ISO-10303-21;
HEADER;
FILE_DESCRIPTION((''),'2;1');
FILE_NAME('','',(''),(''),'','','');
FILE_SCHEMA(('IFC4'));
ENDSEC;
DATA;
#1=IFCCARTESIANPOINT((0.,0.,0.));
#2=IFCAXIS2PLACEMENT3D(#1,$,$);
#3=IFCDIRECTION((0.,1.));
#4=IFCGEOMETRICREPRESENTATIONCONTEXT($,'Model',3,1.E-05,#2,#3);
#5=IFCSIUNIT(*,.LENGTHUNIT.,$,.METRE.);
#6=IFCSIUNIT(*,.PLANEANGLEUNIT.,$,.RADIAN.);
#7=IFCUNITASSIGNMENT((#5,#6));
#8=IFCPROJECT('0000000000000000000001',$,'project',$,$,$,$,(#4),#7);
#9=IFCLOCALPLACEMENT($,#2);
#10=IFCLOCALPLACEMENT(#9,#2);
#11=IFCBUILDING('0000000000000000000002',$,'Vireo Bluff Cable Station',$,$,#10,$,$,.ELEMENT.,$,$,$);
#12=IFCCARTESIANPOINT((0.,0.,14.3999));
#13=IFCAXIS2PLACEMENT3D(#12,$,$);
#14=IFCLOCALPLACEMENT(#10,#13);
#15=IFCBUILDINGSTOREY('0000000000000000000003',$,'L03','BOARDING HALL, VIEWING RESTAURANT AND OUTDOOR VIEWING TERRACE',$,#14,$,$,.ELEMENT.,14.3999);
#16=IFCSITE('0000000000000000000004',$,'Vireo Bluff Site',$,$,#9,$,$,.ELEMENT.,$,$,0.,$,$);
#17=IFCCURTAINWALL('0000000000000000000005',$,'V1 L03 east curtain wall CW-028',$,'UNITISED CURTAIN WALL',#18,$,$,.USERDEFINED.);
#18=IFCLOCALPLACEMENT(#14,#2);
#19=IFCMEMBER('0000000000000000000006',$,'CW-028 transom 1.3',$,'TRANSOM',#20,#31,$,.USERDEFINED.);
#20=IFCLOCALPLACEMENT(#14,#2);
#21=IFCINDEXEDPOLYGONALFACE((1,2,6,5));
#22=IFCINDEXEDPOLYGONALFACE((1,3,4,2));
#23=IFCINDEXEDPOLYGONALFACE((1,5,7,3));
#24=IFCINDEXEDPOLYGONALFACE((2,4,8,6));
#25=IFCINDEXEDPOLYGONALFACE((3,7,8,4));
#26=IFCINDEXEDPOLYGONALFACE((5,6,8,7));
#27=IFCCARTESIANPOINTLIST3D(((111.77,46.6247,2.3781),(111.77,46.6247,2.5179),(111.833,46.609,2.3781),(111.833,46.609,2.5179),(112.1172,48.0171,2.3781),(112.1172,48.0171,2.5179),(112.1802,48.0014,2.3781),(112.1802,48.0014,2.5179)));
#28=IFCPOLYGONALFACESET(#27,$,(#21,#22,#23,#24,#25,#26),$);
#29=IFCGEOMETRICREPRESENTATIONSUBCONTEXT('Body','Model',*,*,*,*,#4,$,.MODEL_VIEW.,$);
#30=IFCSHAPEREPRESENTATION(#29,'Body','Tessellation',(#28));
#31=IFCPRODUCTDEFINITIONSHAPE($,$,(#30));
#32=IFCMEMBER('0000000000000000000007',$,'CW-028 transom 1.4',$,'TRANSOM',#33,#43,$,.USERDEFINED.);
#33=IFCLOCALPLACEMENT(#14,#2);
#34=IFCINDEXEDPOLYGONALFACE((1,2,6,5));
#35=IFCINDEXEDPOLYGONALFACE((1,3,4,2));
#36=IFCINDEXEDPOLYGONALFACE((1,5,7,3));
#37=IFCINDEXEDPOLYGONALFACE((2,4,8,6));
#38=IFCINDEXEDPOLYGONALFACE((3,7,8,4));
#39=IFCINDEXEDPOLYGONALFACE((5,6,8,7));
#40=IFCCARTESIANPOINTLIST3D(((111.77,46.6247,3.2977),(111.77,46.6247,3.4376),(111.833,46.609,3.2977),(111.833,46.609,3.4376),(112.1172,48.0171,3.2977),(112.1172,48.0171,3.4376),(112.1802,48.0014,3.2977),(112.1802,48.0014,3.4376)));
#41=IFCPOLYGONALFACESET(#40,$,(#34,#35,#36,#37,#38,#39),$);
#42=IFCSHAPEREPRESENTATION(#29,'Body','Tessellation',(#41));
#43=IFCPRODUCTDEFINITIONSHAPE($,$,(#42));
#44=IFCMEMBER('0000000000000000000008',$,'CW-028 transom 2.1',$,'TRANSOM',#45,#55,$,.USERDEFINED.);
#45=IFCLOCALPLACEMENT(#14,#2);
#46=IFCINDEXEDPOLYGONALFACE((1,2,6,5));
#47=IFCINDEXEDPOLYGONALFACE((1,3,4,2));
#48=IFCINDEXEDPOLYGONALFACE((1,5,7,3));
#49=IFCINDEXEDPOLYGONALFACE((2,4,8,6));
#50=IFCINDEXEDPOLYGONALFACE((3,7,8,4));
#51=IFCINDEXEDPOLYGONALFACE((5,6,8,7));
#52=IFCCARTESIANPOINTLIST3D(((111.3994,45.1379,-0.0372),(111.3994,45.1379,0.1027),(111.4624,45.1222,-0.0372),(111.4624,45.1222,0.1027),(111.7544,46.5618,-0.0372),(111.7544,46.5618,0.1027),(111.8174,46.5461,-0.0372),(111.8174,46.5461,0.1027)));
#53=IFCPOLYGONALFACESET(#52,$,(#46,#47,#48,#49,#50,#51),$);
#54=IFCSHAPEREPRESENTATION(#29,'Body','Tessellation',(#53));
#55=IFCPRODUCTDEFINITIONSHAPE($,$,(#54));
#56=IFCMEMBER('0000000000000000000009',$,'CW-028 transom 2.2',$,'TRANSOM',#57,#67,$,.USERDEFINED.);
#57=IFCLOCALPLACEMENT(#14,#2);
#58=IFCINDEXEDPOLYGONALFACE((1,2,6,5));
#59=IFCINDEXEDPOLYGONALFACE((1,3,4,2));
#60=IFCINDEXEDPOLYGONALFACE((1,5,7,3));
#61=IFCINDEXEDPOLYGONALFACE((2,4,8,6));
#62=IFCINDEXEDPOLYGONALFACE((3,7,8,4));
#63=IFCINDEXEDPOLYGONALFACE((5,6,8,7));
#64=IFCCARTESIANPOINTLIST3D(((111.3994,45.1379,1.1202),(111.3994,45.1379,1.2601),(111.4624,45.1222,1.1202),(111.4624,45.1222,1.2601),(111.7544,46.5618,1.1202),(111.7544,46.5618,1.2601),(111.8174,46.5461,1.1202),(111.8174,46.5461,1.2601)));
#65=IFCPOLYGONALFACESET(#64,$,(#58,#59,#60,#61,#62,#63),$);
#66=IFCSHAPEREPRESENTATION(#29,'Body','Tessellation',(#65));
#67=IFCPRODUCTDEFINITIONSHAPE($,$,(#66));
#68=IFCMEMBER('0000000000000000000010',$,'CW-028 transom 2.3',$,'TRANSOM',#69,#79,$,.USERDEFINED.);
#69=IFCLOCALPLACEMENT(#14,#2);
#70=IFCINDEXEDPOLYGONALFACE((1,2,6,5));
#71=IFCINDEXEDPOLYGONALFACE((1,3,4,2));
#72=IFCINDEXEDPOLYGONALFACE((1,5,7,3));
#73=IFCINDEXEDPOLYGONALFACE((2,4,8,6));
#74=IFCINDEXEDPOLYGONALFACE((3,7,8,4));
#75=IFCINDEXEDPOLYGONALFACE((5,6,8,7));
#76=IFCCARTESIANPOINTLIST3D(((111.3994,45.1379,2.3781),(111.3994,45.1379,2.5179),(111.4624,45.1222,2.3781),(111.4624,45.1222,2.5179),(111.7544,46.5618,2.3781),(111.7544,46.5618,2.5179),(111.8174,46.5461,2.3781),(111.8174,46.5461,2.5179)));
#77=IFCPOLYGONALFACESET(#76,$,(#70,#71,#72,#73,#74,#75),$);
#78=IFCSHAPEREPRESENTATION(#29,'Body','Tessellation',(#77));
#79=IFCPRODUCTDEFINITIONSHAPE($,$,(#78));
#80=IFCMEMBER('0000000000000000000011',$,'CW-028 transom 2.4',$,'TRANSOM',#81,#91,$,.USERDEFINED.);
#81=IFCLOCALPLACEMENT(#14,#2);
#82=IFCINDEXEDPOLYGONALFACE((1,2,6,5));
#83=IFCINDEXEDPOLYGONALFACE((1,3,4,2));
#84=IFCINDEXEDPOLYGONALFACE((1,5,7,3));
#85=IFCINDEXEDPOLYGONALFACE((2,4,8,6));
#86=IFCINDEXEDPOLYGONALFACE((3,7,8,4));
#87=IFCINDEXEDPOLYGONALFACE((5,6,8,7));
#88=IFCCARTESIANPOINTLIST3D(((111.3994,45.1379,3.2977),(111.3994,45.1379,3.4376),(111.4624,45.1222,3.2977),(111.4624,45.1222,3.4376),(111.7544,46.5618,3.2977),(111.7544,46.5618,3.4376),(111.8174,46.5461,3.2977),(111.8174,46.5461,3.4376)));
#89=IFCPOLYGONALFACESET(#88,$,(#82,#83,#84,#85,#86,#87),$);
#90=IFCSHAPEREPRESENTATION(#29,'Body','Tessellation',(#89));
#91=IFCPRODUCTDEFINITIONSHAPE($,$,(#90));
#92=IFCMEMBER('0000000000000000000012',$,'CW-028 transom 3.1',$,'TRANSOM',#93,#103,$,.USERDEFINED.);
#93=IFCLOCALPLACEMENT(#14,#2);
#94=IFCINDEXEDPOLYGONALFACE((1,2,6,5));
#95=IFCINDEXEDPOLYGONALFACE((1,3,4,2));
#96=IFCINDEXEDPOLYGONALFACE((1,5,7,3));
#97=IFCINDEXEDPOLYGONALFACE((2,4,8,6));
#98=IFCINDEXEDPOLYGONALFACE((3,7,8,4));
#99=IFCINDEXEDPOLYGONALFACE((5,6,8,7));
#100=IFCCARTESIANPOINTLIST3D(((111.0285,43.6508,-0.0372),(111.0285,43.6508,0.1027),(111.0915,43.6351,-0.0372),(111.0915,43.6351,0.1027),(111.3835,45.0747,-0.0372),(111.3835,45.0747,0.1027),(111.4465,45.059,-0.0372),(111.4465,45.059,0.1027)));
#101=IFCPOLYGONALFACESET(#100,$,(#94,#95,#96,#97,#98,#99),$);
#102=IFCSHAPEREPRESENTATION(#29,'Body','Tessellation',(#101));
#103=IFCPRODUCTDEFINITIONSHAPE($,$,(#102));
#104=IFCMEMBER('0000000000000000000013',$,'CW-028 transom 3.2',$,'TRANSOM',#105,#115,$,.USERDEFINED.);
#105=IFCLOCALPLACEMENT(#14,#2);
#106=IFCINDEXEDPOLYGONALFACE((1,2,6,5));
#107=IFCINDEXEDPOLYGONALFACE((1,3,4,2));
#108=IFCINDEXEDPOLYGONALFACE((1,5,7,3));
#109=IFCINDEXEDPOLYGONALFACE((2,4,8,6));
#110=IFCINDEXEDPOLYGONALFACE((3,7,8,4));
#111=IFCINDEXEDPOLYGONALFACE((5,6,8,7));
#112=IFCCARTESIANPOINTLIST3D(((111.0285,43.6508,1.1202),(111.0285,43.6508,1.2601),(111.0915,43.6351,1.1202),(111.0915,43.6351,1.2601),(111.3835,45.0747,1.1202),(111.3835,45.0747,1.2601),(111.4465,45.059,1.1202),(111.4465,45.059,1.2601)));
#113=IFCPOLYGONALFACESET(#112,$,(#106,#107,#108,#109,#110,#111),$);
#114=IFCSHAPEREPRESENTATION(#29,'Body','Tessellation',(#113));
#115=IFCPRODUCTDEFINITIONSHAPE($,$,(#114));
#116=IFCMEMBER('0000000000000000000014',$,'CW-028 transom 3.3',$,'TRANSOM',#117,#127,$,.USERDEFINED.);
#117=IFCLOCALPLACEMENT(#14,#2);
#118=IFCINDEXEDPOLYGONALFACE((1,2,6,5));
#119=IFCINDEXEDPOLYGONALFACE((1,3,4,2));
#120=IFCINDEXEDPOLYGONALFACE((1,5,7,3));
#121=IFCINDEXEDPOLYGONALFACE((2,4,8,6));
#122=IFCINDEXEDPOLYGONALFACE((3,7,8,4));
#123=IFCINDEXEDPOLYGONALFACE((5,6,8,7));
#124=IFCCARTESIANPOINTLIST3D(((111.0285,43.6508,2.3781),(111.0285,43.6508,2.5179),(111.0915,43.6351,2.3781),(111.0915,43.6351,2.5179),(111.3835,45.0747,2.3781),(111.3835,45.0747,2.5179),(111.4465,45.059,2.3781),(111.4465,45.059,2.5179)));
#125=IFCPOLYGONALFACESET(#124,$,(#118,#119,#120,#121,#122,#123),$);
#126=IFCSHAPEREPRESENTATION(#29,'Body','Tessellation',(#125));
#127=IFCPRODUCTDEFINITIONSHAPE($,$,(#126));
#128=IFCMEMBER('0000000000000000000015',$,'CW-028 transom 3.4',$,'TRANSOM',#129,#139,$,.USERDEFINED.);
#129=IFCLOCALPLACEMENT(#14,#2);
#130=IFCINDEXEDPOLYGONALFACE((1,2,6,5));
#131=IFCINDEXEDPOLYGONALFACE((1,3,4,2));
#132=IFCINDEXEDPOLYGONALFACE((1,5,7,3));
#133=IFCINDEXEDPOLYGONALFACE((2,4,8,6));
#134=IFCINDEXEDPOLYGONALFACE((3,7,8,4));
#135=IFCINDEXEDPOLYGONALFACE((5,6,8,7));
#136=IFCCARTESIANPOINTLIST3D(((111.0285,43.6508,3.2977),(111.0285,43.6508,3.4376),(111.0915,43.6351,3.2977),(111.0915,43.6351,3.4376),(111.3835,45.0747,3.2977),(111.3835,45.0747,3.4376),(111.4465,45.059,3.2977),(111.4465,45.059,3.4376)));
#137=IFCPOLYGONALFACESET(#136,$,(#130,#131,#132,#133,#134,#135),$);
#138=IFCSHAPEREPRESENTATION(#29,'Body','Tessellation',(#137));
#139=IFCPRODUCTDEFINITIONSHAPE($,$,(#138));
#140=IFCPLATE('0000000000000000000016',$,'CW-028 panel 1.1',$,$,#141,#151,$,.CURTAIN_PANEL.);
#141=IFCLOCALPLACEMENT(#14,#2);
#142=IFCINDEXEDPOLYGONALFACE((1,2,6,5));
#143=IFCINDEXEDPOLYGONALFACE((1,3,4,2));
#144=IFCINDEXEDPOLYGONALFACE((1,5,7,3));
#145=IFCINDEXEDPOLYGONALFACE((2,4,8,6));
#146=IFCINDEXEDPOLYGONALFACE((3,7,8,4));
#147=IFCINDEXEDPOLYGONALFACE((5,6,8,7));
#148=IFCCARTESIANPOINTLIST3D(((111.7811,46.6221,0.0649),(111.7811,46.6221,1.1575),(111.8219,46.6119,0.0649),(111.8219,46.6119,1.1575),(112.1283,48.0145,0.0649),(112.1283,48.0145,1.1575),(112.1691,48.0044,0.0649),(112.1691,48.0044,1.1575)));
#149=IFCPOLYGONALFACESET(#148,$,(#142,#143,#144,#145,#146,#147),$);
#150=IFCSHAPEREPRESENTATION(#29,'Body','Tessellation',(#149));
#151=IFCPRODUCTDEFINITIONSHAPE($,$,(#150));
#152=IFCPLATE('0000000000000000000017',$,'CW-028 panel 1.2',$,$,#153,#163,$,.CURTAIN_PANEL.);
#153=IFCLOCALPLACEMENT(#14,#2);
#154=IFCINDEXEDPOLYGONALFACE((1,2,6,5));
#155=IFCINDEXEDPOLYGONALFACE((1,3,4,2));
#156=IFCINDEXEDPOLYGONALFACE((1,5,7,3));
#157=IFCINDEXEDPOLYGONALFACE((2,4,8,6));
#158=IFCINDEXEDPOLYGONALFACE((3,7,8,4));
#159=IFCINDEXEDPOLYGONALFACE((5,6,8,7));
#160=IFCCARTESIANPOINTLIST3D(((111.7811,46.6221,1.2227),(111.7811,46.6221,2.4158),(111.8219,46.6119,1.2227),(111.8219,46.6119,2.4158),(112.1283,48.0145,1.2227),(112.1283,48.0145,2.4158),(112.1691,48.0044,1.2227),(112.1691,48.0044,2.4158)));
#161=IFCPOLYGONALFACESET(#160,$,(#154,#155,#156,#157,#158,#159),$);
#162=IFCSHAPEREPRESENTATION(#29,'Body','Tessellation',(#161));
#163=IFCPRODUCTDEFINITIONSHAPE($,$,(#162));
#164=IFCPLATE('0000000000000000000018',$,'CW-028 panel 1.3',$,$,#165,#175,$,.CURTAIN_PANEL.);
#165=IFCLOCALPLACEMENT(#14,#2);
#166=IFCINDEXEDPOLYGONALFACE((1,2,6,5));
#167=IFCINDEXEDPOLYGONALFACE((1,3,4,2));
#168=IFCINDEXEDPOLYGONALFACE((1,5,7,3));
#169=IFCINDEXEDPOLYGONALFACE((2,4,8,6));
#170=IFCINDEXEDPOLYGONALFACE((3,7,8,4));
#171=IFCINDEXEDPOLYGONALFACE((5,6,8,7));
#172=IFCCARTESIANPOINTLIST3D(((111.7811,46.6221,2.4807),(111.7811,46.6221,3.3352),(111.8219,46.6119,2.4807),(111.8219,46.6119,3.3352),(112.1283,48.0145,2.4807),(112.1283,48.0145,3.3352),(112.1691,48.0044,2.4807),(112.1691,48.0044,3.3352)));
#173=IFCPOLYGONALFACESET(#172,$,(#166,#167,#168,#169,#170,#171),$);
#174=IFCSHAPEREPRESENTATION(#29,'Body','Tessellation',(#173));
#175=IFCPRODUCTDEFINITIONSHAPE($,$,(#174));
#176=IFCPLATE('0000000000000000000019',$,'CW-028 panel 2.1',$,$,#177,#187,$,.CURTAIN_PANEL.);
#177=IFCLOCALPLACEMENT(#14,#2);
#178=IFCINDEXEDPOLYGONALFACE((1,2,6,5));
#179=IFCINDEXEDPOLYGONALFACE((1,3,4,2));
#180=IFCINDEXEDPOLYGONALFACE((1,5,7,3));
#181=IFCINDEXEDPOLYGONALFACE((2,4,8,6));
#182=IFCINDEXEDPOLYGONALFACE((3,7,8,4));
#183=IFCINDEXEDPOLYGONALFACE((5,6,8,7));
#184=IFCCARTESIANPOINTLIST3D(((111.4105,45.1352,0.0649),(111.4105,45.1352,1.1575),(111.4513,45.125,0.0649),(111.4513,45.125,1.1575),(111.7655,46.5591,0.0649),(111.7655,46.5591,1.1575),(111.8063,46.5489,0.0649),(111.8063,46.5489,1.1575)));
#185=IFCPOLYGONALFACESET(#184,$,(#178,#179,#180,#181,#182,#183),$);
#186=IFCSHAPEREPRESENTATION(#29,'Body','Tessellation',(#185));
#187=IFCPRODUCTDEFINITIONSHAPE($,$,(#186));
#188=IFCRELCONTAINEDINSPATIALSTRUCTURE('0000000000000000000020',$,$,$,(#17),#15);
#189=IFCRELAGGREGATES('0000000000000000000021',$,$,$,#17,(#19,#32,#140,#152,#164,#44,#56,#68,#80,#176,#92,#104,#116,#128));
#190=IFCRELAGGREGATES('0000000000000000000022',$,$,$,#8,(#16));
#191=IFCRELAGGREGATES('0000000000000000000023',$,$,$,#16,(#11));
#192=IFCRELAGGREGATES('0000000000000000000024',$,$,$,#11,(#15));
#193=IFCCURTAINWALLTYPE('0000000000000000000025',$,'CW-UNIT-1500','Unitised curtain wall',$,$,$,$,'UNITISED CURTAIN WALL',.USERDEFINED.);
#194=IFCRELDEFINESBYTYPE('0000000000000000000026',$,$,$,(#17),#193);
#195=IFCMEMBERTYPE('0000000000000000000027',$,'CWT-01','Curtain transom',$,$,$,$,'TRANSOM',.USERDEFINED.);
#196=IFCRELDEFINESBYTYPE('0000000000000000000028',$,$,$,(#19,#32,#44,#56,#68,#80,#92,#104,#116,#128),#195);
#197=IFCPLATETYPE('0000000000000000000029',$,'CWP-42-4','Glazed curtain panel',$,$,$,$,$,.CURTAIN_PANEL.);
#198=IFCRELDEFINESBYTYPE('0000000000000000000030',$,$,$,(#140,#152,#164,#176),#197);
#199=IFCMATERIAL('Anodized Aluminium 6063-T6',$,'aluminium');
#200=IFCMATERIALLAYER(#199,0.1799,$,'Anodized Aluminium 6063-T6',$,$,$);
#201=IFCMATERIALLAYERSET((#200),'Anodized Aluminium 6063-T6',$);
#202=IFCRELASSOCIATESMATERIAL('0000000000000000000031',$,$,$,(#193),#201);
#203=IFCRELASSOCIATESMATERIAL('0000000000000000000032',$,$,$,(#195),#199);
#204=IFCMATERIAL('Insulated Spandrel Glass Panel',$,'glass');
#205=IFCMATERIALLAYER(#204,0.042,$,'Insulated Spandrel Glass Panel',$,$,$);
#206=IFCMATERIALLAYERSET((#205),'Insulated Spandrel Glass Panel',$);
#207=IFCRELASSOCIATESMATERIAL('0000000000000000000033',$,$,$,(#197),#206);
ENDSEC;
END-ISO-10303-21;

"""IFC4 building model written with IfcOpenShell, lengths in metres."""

from ifc_helpers import new_model, si_unit, direction, frame, origin, origin_2d, place, context, subcontext, project, spatial, rectangle, extrude, material, layer, layer_set, material_profile, profile_set, type_object, element, aggregate, save


model = new_model("IFC4")

# Units and contexts
model_context = context("Model", 3, precision=1e-05, world=origin(), true_north=direction((0.0, 1.0)))
body_context = subcontext(model_context, "Body", "Model", "MODEL_VIEW")
ifc_project = project(units=[si_unit("LENGTHUNIT", "METRE"), si_unit("PLANEANGLEUNIT", "RADIAN")], contexts=[model_context])

# Site, building, storey
site_placement = place(None, origin())
site = spatial("IfcSite", under=ifc_project, at=site_placement, Name="Vireo Bluff Site", CompositionType="ELEMENT", RefElevation=0.0)
building_placement = place(site_placement, origin())
building = spatial("IfcBuilding", under=site, at=building_placement, Name="Vireo Bluff Cable Station", CompositionType="ELEMENT")
storey_placement = place(building_placement, frame((0.0, 0.0, 14.3999)))
storey = spatial("IfcBuildingStorey", under=building, at=storey_placement, Name="L03", Description="BOARDING HALL, VIEWING RESTAURANT AND OUTDOOR VIEWING TERRACE", CompositionType="ELEMENT", Elevation=14.3999)

# Curtain wall
ifc_material_1 = material(Name="Anodized Aluminium 6063-T6", Category="aluminium")
ifc_layer_1 = layer(ifc_material_1, 0.1799, Name="Anodized Aluminium 6063-T6")
ifc_layer_set_1 = layer_set([ifc_layer_1], Name="Anodized Aluminium 6063-T6")
curtain_wall_type_1 = type_object("IfcCurtainWallType", Name="CW-UNIT-1500", Description="Unitised curtain wall", ElementType="UNITISED CURTAIN WALL", PredefinedType="USERDEFINED", material=ifc_layer_set_1)
curtain_wall_1_placement = place(storey_placement, origin())
curtain_wall_1 = element("IfcCurtainWall", 1, at=curtain_wall_1_placement, inside=storey, type_object=curtain_wall_type_1, Name="V1 L03 east curtain wall CW-028", ObjectType="UNITISED CURTAIN WALL", PredefinedType="USERDEFINED")

# Members
ifc_material_profile_1 = material_profile(ifc_material_1, rectangle(XDim=0.0649, YDim=0.1399, at=origin_2d()), Name="ALU-T-65X140")
ifc_profile_set_1 = profile_set([ifc_material_profile_1], Name="Anodized Aluminium 6063-T6")
member_type_1 = type_object("IfcMemberType", Name="CWT-01", Description="Curtain transom", ElementType="TRANSOM", PredefinedType="USERDEFINED", material=ifc_profile_set_1)
member_1_placement = place(storey_placement, frame((112.1487, 48.0093, 2.448), z_axis=(-0.241935, -0.970292, 0.0), x_axis=(0.970292, -0.241935, 0.0)))
member_1 = element("IfcMember", 2, at=member_1_placement, type_object=member_type_1, Name="CW-028 transom 1.3", ObjectType="TRANSOM", PredefinedType="USERDEFINED", context=body_context, shape_type="SweptSolid", body=[
    extrude(rectangle(XDim=0.0649, YDim=0.1399, at=origin_2d()), origin(), (0.0, 0.0, 1.0), 1.4351),
])
member_2_placement = place(storey_placement, frame((112.1487, 48.0093, 3.3677), z_axis=(-0.241935, -0.970292, 0.0), x_axis=(0.970292, -0.241935, 0.0)))
member_2 = element("IfcMember", 3, at=member_2_placement, type_object=member_type_1, Name="CW-028 transom 1.4", ObjectType="TRANSOM", PredefinedType="USERDEFINED", context=body_context, shape_type="SweptSolid", body=[
    extrude(rectangle(XDim=0.0649, YDim=0.1399, at=origin_2d()), origin(), (0.0, 0.0, 1.0), 1.4351),
])
member_3_placement = place(storey_placement, frame((111.7859, 46.554, 0.0327), z_axis=(-0.241909, -0.970299, 0.0), x_axis=(0.970299, -0.241909, 0.0)))
member_3 = element("IfcMember", 4, at=member_3_placement, type_object=member_type_1, Name="CW-028 transom 2.1", ObjectType="TRANSOM", PredefinedType="USERDEFINED", context=body_context, shape_type="SweptSolid", body=[
    extrude(rectangle(XDim=0.0649, YDim=0.1399, at=origin_2d()), origin(), (0.0, 0.0, 1.0), 1.4675),
])
member_4_placement = place(storey_placement, frame((111.7859, 46.554, 1.1902), z_axis=(-0.241909, -0.970299, 0.0), x_axis=(0.970299, -0.241909, 0.0)))
member_4 = element("IfcMember", 5, at=member_4_placement, type_object=member_type_1, Name="CW-028 transom 2.2", ObjectType="TRANSOM", PredefinedType="USERDEFINED", context=body_context, shape_type="SweptSolid", body=[
    extrude(rectangle(XDim=0.0649, YDim=0.1399, at=origin_2d()), origin(), (0.0, 0.0, 1.0), 1.4675),
])
member_5_placement = place(storey_placement, frame((111.7859, 46.554, 2.448), z_axis=(-0.241909, -0.970299, 0.0), x_axis=(0.970299, -0.241909, 0.0)))
member_5 = element("IfcMember", 6, at=member_5_placement, type_object=member_type_1, Name="CW-028 transom 2.3", ObjectType="TRANSOM", PredefinedType="USERDEFINED", context=body_context, shape_type="SweptSolid", body=[
    extrude(rectangle(XDim=0.0649, YDim=0.1399, at=origin_2d()), origin(), (0.0, 0.0, 1.0), 1.4675),
])
member_6_placement = place(storey_placement, frame((111.7859, 46.554, 3.3677), z_axis=(-0.241909, -0.970299, 0.0), x_axis=(0.970299, -0.241909, 0.0)))
member_6 = element("IfcMember", 7, at=member_6_placement, type_object=member_type_1, Name="CW-028 transom 2.4", ObjectType="TRANSOM", PredefinedType="USERDEFINED", context=body_context, shape_type="SweptSolid", body=[
    extrude(rectangle(XDim=0.0649, YDim=0.1399, at=origin_2d()), origin(), (0.0, 0.0, 1.0), 1.4675),
])
member_7_placement = place(storey_placement, frame((111.415, 45.0669, 0.0327), z_axis=(-0.241909, -0.970299, 0.0), x_axis=(0.970299, -0.241909, 0.0)))
member_7 = element("IfcMember", 8, at=member_7_placement, type_object=member_type_1, Name="CW-028 transom 3.1", ObjectType="TRANSOM", PredefinedType="USERDEFINED", context=body_context, shape_type="SweptSolid", body=[
    extrude(rectangle(XDim=0.0649, YDim=0.1399, at=origin_2d()), origin(), (0.0, 0.0, 1.0), 1.4675),
])
member_8_placement = place(storey_placement, frame((111.415, 45.0669, 1.1902), z_axis=(-0.241909, -0.970299, 0.0), x_axis=(0.970299, -0.241909, 0.0)))
member_8 = element("IfcMember", 9, at=member_8_placement, type_object=member_type_1, Name="CW-028 transom 3.2", ObjectType="TRANSOM", PredefinedType="USERDEFINED", context=body_context, shape_type="SweptSolid", body=[
    extrude(rectangle(XDim=0.0649, YDim=0.1399, at=origin_2d()), origin(), (0.0, 0.0, 1.0), 1.4675),
])
member_9_placement = place(storey_placement, frame((111.415, 45.0669, 2.448), z_axis=(-0.241909, -0.970299, 0.0), x_axis=(0.970299, -0.241909, 0.0)))
member_9 = element("IfcMember", 10, at=member_9_placement, type_object=member_type_1, Name="CW-028 transom 3.3", ObjectType="TRANSOM", PredefinedType="USERDEFINED", context=body_context, shape_type="SweptSolid", body=[
    extrude(rectangle(XDim=0.0649, YDim=0.1399, at=origin_2d()), origin(), (0.0, 0.0, 1.0), 1.4675),
])
member_10_placement = place(storey_placement, frame((111.415, 45.0669, 3.3677), z_axis=(-0.241909, -0.970299, 0.0), x_axis=(0.970299, -0.241909, 0.0)))
member_10 = element("IfcMember", 11, at=member_10_placement, type_object=member_type_1, Name="CW-028 transom 3.4", ObjectType="TRANSOM", PredefinedType="USERDEFINED", context=body_context, shape_type="SweptSolid", body=[
    extrude(rectangle(XDim=0.0649, YDim=0.1399, at=origin_2d()), origin(), (0.0, 0.0, 1.0), 1.4675),
])

# Plates
ifc_material_2 = material(Name="Insulated Spandrel Glass Panel", Category="glass")
ifc_layer_2 = layer(ifc_material_2, 0.042, Name="Insulated Spandrel Glass Panel")
ifc_layer_set_2 = layer_set([ifc_layer_2], Name="Insulated Spandrel Glass Panel")
plate_type = type_object("IfcPlateType", Name="CWP-42-4", Description="Glazed curtain panel", PredefinedType="CURTAIN_PANEL", material=ifc_layer_set_2)
plate_1_placement = place(storey_placement, frame((111.9751, 47.3132, 0.0649), z_axis=(0.0, 0.0, 1.0), x_axis=(-0.241922, -0.970296, 0.0)))
plate_1 = element("IfcPlate", 12, at=plate_1_placement, type_object=plate_type, Name="CW-028 panel 1.1", PredefinedType="CURTAIN_PANEL", context=body_context, shape_type="SweptSolid", body=[
    extrude(rectangle(XDim=1.4351, YDim=0.042, at=origin_2d()), origin(), (0.0, 0.0, 1.0), 1.0925),
])
plate_2_placement = place(storey_placement, frame((111.9751, 47.3132, 1.2227), z_axis=(0.0, 0.0, 1.0), x_axis=(-0.241922, -0.970296, 0.0)))
plate_2 = element("IfcPlate", 13, at=plate_2_placement, type_object=plate_type, Name="CW-028 panel 1.2", PredefinedType="CURTAIN_PANEL", context=body_context, shape_type="SweptSolid", body=[
    extrude(rectangle(XDim=1.4351, YDim=0.042, at=origin_2d()), origin(), (0.0, 0.0, 1.0), 1.1931),
])
plate_3_placement = place(storey_placement, frame((111.9751, 47.3132, 2.4807), z_axis=(0.0, 0.0, 1.0), x_axis=(-0.241922, -0.970296, 0.0)))
plate_3 = element("IfcPlate", 14, at=plate_3_placement, type_object=plate_type, Name="CW-028 panel 1.3", PredefinedType="CURTAIN_PANEL", context=body_context, shape_type="SweptSolid", body=[
    extrude(rectangle(XDim=1.4351, YDim=0.042, at=origin_2d()), origin(), (0.0, 0.0, 1.0), 0.8545),
])
plate_4_placement = place(storey_placement, frame((111.6084, 45.842, 0.0649), z_axis=(0.0, 0.0, 1.0), x_axis=(-0.241922, -0.970296, 0.0)))
plate_4 = element("IfcPlate", 15, at=plate_4_placement, type_object=plate_type, Name="CW-028 panel 2.1", PredefinedType="CURTAIN_PANEL", context=body_context, shape_type="SweptSolid", body=[
    extrude(rectangle(XDim=1.4675, YDim=0.042, at=origin_2d()), origin(), (0.0, 0.0, 1.0), 1.0925),
])
aggregate(curtain_wall_1, [member_1, member_2, plate_1, plate_2, plate_3, member_3, member_4, member_5, member_6, plate_4, member_7, member_8, member_9, member_10])

save(model, "model.ifc")
